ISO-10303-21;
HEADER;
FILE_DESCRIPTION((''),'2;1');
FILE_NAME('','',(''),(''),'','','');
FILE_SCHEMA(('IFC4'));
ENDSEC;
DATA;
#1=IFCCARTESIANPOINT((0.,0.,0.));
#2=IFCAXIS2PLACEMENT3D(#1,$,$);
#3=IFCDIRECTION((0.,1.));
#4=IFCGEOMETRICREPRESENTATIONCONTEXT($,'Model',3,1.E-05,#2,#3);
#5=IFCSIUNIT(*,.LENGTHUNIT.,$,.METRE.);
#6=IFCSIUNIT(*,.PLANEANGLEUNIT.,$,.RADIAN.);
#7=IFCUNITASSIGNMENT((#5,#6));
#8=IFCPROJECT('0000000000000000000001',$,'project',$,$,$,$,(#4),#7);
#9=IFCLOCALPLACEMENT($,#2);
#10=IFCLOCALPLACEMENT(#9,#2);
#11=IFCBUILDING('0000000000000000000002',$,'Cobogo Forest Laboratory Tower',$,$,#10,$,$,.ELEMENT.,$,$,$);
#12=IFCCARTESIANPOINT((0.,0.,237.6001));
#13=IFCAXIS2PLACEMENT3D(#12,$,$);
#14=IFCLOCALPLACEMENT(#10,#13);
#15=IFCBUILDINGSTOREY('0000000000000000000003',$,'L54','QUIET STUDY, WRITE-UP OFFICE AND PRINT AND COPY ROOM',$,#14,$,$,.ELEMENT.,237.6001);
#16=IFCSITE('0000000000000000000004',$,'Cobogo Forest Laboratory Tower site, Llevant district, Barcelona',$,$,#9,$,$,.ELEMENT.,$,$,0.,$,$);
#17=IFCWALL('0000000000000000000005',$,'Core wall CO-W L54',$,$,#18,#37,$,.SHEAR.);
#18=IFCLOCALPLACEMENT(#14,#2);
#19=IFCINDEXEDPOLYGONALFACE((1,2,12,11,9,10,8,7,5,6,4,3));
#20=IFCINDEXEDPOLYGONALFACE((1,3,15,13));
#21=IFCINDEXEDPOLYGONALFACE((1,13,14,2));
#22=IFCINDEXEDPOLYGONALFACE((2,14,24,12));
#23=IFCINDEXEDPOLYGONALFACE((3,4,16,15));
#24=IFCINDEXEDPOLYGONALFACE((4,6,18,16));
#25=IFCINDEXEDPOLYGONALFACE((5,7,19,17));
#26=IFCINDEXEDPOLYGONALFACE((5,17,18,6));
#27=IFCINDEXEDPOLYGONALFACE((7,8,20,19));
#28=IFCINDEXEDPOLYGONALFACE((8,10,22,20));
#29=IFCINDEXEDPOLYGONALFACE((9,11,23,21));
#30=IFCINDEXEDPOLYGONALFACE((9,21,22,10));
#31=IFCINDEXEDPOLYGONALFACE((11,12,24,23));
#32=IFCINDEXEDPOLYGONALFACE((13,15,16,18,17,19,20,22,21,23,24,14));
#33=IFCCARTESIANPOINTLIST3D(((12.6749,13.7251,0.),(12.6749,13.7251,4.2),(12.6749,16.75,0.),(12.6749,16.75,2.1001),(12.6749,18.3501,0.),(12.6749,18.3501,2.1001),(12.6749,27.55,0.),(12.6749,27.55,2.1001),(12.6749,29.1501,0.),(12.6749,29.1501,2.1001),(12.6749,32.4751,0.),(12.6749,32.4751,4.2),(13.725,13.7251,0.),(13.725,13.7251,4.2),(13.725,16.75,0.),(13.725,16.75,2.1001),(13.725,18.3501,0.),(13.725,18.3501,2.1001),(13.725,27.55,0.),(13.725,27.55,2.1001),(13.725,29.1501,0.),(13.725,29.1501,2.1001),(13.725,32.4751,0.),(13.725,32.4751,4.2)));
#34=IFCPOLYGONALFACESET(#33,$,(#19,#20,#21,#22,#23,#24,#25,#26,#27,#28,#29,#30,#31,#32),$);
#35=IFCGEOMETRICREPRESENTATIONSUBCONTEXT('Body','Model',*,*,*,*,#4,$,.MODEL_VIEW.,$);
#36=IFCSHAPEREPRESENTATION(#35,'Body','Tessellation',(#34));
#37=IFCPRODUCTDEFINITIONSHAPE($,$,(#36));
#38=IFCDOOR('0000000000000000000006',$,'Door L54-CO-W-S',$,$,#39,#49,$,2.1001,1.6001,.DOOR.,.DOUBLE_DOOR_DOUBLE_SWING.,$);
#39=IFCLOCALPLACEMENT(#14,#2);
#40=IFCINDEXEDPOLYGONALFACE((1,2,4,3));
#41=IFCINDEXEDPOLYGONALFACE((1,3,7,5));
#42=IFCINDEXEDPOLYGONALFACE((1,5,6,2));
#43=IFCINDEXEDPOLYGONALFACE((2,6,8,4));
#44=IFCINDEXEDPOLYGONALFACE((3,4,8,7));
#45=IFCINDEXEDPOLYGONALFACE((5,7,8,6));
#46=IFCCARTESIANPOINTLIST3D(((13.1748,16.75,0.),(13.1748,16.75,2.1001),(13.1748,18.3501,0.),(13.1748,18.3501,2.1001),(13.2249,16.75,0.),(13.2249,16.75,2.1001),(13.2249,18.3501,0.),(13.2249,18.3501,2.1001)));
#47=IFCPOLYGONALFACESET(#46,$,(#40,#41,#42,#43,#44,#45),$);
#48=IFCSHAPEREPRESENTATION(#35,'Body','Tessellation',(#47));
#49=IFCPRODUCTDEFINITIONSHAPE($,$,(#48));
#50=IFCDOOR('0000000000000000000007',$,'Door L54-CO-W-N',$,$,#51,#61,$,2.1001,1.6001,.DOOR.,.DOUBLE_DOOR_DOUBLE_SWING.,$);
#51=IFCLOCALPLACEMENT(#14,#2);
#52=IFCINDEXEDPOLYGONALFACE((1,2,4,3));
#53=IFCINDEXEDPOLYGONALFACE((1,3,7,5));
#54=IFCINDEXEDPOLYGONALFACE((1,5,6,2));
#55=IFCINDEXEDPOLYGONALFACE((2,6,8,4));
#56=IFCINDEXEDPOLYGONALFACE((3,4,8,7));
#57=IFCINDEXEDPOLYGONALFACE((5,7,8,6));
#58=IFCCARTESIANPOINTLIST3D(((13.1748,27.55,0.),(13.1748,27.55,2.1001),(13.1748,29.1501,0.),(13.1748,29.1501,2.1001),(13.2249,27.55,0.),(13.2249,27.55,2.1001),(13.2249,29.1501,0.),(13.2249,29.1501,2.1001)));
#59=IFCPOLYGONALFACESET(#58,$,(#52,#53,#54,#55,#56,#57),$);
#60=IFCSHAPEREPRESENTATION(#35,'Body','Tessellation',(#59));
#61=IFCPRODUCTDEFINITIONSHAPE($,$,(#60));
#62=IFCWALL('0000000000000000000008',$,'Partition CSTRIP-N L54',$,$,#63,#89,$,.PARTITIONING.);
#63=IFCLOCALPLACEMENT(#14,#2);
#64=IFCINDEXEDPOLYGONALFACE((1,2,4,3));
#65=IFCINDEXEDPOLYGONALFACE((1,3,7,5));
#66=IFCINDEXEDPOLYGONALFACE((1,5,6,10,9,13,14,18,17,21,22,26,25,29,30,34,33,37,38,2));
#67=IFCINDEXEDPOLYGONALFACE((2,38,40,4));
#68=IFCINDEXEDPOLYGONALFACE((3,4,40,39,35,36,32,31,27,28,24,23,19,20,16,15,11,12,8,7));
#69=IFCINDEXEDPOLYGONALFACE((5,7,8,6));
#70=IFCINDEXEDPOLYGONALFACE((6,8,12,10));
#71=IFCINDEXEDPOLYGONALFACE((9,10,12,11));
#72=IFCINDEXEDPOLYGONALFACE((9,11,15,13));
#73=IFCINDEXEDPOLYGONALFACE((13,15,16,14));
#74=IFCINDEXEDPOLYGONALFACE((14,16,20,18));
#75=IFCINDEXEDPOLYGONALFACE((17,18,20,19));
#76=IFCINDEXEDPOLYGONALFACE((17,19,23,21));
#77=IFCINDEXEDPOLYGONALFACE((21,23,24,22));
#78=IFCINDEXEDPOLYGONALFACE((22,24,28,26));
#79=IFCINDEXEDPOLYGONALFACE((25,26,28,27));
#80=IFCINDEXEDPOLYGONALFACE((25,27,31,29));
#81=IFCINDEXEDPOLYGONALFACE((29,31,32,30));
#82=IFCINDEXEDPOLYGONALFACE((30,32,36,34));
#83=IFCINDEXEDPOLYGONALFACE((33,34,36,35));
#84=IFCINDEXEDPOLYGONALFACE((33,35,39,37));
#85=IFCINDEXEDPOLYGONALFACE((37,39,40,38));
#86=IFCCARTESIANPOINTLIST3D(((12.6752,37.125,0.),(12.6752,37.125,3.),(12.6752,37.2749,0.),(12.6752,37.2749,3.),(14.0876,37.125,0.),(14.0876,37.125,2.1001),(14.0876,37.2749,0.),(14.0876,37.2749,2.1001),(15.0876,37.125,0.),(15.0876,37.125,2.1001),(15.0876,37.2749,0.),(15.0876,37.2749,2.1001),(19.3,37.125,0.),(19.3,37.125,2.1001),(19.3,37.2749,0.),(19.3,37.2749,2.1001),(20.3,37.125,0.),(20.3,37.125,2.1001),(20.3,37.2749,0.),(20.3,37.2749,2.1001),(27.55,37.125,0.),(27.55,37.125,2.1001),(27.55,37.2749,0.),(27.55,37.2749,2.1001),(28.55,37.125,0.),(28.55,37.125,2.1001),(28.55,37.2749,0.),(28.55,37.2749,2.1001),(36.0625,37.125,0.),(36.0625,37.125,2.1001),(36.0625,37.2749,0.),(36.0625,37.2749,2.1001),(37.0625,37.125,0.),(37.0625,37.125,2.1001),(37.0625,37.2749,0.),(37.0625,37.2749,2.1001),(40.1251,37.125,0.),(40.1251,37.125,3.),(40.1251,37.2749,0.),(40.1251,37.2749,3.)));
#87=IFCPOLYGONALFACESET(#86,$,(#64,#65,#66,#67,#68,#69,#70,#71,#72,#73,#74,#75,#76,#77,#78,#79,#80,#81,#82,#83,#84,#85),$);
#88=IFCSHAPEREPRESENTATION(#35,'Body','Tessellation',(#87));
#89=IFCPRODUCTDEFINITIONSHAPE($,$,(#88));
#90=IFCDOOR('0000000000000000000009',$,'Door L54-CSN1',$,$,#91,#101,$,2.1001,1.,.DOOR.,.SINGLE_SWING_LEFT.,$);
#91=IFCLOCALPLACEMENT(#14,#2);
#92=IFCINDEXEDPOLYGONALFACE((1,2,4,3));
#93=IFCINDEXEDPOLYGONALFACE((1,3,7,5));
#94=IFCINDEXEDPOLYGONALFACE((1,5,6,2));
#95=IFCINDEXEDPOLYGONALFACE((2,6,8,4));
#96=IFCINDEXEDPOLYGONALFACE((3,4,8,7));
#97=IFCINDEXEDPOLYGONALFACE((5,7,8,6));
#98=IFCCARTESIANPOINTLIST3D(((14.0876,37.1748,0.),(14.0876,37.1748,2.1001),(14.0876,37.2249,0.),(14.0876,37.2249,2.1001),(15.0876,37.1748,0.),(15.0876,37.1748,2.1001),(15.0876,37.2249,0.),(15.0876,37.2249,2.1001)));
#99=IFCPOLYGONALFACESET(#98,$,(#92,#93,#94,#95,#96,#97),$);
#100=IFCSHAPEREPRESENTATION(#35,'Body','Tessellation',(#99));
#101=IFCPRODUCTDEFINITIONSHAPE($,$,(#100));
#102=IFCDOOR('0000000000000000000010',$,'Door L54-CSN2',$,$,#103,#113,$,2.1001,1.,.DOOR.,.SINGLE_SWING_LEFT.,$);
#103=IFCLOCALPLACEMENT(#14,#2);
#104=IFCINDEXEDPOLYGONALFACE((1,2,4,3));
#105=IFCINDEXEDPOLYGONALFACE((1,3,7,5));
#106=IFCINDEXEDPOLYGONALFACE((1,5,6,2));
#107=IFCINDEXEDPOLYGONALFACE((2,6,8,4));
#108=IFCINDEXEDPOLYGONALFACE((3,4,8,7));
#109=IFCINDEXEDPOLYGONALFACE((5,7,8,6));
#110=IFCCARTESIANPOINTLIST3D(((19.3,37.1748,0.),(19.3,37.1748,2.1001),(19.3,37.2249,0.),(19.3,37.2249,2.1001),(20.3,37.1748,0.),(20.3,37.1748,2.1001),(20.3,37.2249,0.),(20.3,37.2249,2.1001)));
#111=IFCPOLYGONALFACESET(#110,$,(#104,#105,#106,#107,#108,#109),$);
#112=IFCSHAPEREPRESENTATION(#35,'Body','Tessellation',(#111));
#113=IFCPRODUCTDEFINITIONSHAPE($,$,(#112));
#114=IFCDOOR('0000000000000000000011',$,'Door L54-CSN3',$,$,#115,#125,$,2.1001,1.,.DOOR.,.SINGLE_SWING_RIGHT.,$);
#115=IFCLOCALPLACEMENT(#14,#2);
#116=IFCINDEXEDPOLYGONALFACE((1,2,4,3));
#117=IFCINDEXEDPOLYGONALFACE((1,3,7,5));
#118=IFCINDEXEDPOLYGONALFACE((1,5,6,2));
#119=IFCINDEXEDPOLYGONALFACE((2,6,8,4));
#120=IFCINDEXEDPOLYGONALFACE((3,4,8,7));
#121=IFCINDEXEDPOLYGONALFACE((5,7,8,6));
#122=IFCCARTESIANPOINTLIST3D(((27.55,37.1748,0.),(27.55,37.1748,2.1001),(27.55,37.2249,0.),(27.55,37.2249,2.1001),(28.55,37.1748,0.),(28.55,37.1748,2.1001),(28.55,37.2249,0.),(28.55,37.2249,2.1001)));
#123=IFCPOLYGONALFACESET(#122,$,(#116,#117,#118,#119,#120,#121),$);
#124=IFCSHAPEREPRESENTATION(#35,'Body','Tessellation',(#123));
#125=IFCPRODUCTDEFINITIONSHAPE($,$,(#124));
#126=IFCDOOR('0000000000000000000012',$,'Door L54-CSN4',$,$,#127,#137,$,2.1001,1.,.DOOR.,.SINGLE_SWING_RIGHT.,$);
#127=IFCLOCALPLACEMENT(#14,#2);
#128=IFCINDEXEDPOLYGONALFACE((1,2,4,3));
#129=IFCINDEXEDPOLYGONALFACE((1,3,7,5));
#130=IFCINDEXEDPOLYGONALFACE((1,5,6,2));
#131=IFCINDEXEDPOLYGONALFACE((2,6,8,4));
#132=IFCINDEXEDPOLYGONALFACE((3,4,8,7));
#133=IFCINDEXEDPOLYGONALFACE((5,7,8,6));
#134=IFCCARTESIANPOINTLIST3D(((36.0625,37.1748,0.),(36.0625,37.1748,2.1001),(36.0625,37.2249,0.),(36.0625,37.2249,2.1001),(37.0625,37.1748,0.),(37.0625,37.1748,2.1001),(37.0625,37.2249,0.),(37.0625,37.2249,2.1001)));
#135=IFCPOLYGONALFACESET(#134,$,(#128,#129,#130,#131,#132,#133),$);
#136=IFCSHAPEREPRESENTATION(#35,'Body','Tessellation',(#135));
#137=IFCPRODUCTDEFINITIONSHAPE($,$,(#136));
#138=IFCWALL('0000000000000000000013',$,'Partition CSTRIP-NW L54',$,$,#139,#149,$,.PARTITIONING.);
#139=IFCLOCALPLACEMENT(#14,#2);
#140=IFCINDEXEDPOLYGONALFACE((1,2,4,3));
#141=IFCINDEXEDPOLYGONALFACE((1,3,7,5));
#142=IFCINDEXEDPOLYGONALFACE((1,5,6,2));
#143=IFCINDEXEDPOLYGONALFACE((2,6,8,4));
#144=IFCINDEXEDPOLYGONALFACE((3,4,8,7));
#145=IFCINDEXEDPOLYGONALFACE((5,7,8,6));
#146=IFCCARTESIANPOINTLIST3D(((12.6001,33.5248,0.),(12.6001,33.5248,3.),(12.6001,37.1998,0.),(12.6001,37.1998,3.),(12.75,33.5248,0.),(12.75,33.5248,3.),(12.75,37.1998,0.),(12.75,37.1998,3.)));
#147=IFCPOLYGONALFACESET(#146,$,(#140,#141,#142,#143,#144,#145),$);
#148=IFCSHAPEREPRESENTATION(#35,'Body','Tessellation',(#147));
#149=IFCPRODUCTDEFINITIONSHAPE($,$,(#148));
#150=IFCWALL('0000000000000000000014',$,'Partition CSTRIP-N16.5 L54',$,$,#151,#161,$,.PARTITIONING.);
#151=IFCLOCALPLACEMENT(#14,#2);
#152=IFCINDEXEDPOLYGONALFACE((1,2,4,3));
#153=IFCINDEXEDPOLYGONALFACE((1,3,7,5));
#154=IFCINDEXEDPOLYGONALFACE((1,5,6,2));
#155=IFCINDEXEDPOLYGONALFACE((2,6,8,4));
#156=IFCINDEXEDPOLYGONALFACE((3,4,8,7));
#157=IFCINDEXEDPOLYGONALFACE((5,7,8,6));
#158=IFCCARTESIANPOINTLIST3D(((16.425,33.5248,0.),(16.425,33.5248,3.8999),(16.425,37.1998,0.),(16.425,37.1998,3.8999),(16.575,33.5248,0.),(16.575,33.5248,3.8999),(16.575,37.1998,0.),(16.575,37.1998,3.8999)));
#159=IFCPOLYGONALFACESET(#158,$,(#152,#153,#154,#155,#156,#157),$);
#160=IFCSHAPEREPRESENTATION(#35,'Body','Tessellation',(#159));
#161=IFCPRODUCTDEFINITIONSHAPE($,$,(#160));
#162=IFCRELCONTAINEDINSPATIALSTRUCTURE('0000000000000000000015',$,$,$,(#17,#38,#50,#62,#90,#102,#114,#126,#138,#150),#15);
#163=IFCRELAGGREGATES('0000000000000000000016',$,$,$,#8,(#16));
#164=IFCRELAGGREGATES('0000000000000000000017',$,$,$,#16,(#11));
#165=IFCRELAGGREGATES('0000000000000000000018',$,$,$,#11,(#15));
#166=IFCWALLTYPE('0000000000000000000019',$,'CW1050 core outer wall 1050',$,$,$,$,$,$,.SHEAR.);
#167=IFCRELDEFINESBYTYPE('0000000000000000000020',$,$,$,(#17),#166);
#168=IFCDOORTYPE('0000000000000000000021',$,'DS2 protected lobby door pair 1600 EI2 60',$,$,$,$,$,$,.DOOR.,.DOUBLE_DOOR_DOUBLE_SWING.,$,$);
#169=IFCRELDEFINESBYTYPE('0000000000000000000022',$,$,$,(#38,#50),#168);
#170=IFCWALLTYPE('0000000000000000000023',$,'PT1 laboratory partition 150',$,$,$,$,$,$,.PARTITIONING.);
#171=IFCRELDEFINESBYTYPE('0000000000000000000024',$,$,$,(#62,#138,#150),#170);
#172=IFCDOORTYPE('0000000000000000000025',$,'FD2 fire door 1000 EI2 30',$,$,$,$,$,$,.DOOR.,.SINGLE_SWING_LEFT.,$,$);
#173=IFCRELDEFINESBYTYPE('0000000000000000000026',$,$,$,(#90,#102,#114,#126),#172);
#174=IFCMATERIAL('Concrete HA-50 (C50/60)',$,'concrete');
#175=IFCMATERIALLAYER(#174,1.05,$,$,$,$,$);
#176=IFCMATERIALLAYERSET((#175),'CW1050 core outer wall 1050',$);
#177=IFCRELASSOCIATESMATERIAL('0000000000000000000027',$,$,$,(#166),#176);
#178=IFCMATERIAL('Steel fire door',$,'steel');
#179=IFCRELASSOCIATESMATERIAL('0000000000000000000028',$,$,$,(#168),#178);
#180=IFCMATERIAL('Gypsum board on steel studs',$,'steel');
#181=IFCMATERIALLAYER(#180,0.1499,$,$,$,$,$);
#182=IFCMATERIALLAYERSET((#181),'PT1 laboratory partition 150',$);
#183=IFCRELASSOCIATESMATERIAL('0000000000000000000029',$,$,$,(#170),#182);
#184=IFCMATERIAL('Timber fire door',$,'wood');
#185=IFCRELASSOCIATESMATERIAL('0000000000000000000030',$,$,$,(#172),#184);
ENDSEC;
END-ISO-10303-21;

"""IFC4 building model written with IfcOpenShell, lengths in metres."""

from ifc_helpers import new_model, si_unit, direction, frame, frame_2d, origin, place, context, subcontext, project, spatial, rectangle, extrude, material, layer, layer_set, type_object, element, fill, save


model = new_model("IFC4")

# Units and contexts
model_context = context("Model", 3, precision=1e-05, world=origin(), true_north=direction((0.0, 1.0)))
body_context = subcontext(model_context, "Body", "Model", "MODEL_VIEW")
ifc_project = project(units=[si_unit("LENGTHUNIT", "METRE"), si_unit("PLANEANGLEUNIT", "RADIAN")], contexts=[model_context])

# Site, building, storey
site_placement = place(None, origin())
site = spatial("IfcSite", under=ifc_project, at=site_placement, Name="Cobogo Forest Laboratory Tower site, Llevant district, Barcelona", CompositionType="ELEMENT", RefElevation=0.0)
building_placement = place(site_placement, origin())
building = spatial("IfcBuilding", under=site, at=building_placement, Name="Cobogo Forest Laboratory Tower", CompositionType="ELEMENT")
storey_placement = place(building_placement, frame((0.0, 0.0, 237.6001)))
storey = spatial("IfcBuildingStorey", under=building, at=storey_placement, Name="L54", Description="QUIET STUDY, WRITE-UP OFFICE AND PRINT AND COPY ROOM", CompositionType="ELEMENT", Elevation=237.6001)

# Walls, openings, doors
ifc_material_1 = material(Name="Concrete HA-50 (C50/60)", Category="concrete")
ifc_material_2 = material(Name="Steel fire door", Category="steel")
ifc_layer_1 = layer(ifc_material_1, 1.05)
ifc_layer_set_1 = layer_set([ifc_layer_1], Name="CW1050 core outer wall 1050")
wall_type_1 = type_object("IfcWallType", Name="CW1050 core outer wall 1050", PredefinedType="SHEAR", material=ifc_layer_set_1)
wall_1_placement = place(storey_placement, frame((13.2, 32.4751, 0.0), z_axis=(0.0, 0.0, 1.0), x_axis=(0.0, -1.0, 0.0)))
wall_1 = element("IfcWall", 1, at=wall_1_placement, inside=storey, type_object=wall_type_1, Name="Core wall CO-W L54", PredefinedType="SHEAR", context=body_context, shape_type="SweptSolid", body=[
    extrude(rectangle(XDim=18.75, YDim=1.05, at=frame_2d((9.375, 0.0))), origin(), (0.0, 0.0, 1.0), 4.2),
])
opening_1_placement = place(wall_1_placement, frame((14.125, 0.0, 0.0)))
opening_1 = element("IfcOpeningElement", 2, at=opening_1_placement, cuts=wall_1, PredefinedType="OPENING", context=body_context, shape_type="SweptSolid", body=[
    extrude(rectangle(XDim=1.6001, YDim=2.1001, at=frame_2d((0.8, 1.05))), frame((0.0, 0.5349, 0.0), z_axis=(0.0, -1.0, 0.0), x_axis=(1.0, 0.0, 0.0)), (0.0, 0.0, 1.0), 1.0701),
])
opening_2_placement = place(wall_1_placement, frame((3.325, 0.0, 0.0)))
opening_2 = element("IfcOpeningElement", 3, at=opening_2_placement, cuts=wall_1, PredefinedType="OPENING", context=body_context, shape_type="SweptSolid", body=[
    extrude(rectangle(XDim=1.6001, YDim=2.1001, at=frame_2d((0.8, 1.05))), frame((0.0, 0.5349, 0.0), z_axis=(0.0, -1.0, 0.0), x_axis=(1.0, 0.0, 0.0)), (0.0, 0.0, 1.0), 1.0701),
])
door_type_1 = type_object("IfcDoorType", Name="DS2 protected lobby door pair 1600 EI2 60", OperationType="DOUBLE_DOOR_DOUBLE_SWING", PredefinedType="DOOR", material=ifc_material_2)
door_1_placement = place(opening_1_placement, origin())
door_1 = element("IfcDoor", 4, at=door_1_placement, inside=storey, type_object=door_type_1, Name="Door L54-CO-W-S", OperationType="DOUBLE_DOOR_DOUBLE_SWING", OverallHeight=2.1001, OverallWidth=1.6001, PredefinedType="DOOR", context=body_context, shape_type="SweptSolid", body=[
    extrude(rectangle(XDim=1.6001, YDim=2.1001, at=frame_2d((0.8, 1.05))), frame((0.0, 0.0249, 0.0), z_axis=(0.0, -1.0, 0.0), x_axis=(1.0, 0.0, 0.0)), (0.0, 0.0, 1.0), 0.05),
])
fill(opening_1, door_1)
door_2_placement = place(opening_2_placement, origin())
door_2 = element("IfcDoor", 5, at=door_2_placement, inside=storey, type_object=door_type_1, Name="Door L54-CO-W-N", OperationType="DOUBLE_DOOR_DOUBLE_SWING", OverallHeight=2.1001, OverallWidth=1.6001, PredefinedType="DOOR", context=body_context, shape_type="SweptSolid", body=[
    extrude(rectangle(XDim=1.6001, YDim=2.1001, at=frame_2d((0.8, 1.05))), frame((0.0, 0.0249, 0.0), z_axis=(0.0, -1.0, 0.0), x_axis=(1.0, 0.0, 0.0)), (0.0, 0.0, 1.0), 0.05),
])
fill(opening_2, door_2)
ifc_material_3 = material(Name="Gypsum board on steel studs", Category="steel")
ifc_layer_2 = layer(ifc_material_3, 0.1499)
ifc_layer_set_2 = layer_set([ifc_layer_2], Name="PT1 laboratory partition 150")
wall_type_2 = type_object("IfcWallType", Name="PT1 laboratory partition 150", PredefinedType="PARTITIONING", material=ifc_layer_set_2)
wall_2_placement = place(storey_placement, frame((12.675, 37.2, 0.0), z_axis=(0.0, 0.0, 1.0), x_axis=(1.0, 0.0, 0.0)))
wall_2 = element("IfcWall", 6, at=wall_2_placement, inside=storey, type_object=wall_type_2, Name="Partition CSTRIP-N L54", PredefinedType="PARTITIONING", context=body_context, shape_type="SweptSolid", body=[
    extrude(rectangle(XDim=27.45, YDim=0.1499, at=frame_2d((13.7251, 0.0))), origin(), (0.0, 0.0, 1.0), 3.0),
])
opening_3_placement = place(wall_2_placement, frame((1.4126, 0.0, 0.0)))
opening_3 = element("IfcOpeningElement", 7, at=opening_3_placement, cuts=wall_2, PredefinedType="OPENING", context=body_context, shape_type="SweptSolid", body=[
    extrude(rectangle(XDim=1.0, YDim=2.1001, at=frame_2d((0.5, 1.05))), frame((0.0, 0.085, 0.0), z_axis=(0.0, -1.0, 0.0), x_axis=(1.0, 0.0, 0.0)), (0.0, 0.0, 1.0), 0.1699),
])
opening_4_placement = place(wall_2_placement, frame((6.625, 0.0, 0.0)))
opening_4 = element("IfcOpeningElement", 8, at=opening_4_placement, cuts=wall_2, PredefinedType="OPENING", context=body_context, shape_type="SweptSolid", body=[
    extrude(rectangle(XDim=1.0, YDim=2.1001, at=frame_2d((0.5, 1.05))), frame((0.0, 0.085, 0.0), z_axis=(0.0, -1.0, 0.0), x_axis=(1.0, 0.0, 0.0)), (0.0, 0.0, 1.0), 0.1699),
])
opening_5_placement = place(wall_2_placement, frame((14.875, 0.0, 0.0)))
opening_5 = element("IfcOpeningElement", 9, at=opening_5_placement, cuts=wall_2, PredefinedType="OPENING", context=body_context, shape_type="SweptSolid", body=[
    extrude(rectangle(XDim=1.0, YDim=2.1001, at=frame_2d((0.5, 1.05))), frame((0.0, 0.085, 0.0), z_axis=(0.0, -1.0, 0.0), x_axis=(1.0, 0.0, 0.0)), (0.0, 0.0, 1.0), 0.1699),
])
opening_6_placement = place(wall_2_placement, frame((23.3875, 0.0, 0.0)))
opening_6 = element("IfcOpeningElement", 10, at=opening_6_placement, cuts=wall_2, PredefinedType="OPENING", context=body_context, shape_type="SweptSolid", body=[
    extrude(rectangle(XDim=1.0, YDim=2.1001, at=frame_2d((0.5, 1.05))), frame((0.0, 0.085, 0.0), z_axis=(0.0, -1.0, 0.0), x_axis=(1.0, 0.0, 0.0)), (0.0, 0.0, 1.0), 0.1699),
])
ifc_material_4 = material(Name="Timber fire door", Category="wood")
door_type_2 = type_object("IfcDoorType", Name="FD2 fire door 1000 EI2 30", OperationType="SINGLE_SWING_LEFT", PredefinedType="DOOR", material=ifc_material_4)
door_3_placement = place(opening_3_placement, origin())
door_3 = element("IfcDoor", 11, at=door_3_placement, inside=storey, type_object=door_type_2, Name="Door L54-CSN1", OperationType="SINGLE_SWING_LEFT", OverallHeight=2.1001, OverallWidth=1.0, PredefinedType="DOOR", context=body_context, shape_type="SweptSolid", body=[
    extrude(rectangle(XDim=1.0, YDim=2.1001, at=frame_2d((0.5, 1.05))), frame((0.0, 0.0249, 0.0), z_axis=(0.0, -1.0, 0.0), x_axis=(1.0, 0.0, 0.0)), (0.0, 0.0, 1.0), 0.05),
])
fill(opening_3, door_3)
door_4_placement = place(opening_4_placement, origin())
door_4 = element("IfcDoor", 12, at=door_4_placement, inside=storey, type_object=door_type_2, Name="Door L54-CSN2", OperationType="SINGLE_SWING_LEFT", OverallHeight=2.1001, OverallWidth=1.0, PredefinedType="DOOR", context=body_context, shape_type="SweptSolid", body=[
    extrude(rectangle(XDim=1.0, YDim=2.1001, at=frame_2d((0.5, 1.05))), frame((0.0, 0.0249, 0.0), z_axis=(0.0, -1.0, 0.0), x_axis=(1.0, 0.0, 0.0)), (0.0, 0.0, 1.0), 0.05),
])
fill(opening_4, door_4)
door_5_placement = place(opening_5_placement, origin())
door_5 = element("IfcDoor", 13, at=door_5_placement, inside=storey, type_object=door_type_2, Name="Door L54-CSN3", OperationType="SINGLE_SWING_RIGHT", OverallHeight=2.1001, OverallWidth=1.0, PredefinedType="DOOR", context=body_context, shape_type="SweptSolid", body=[
    extrude(rectangle(XDim=1.0, YDim=2.1001, at=frame_2d((0.5, 1.05))), frame((0.0, 0.0249, 0.0), z_axis=(0.0, -1.0, 0.0), x_axis=(1.0, 0.0, 0.0)), (0.0, 0.0, 1.0), 0.05),
])
fill(opening_5, door_5)
door_6_placement = place(opening_6_placement, origin())
door_6 = element("IfcDoor", 14, at=door_6_placement, inside=storey, type_object=door_type_2, Name="Door L54-CSN4", OperationType="SINGLE_SWING_RIGHT", OverallHeight=2.1001, OverallWidth=1.0, PredefinedType="DOOR", context=body_context, shape_type="SweptSolid", body=[
    extrude(rectangle(XDim=1.0, YDim=2.1001, at=frame_2d((0.5, 1.05))), frame((0.0, 0.0249, 0.0), z_axis=(0.0, -1.0, 0.0), x_axis=(1.0, 0.0, 0.0)), (0.0, 0.0, 1.0), 0.05),
])
fill(opening_6, door_6)

# Walls
wall_3_placement = place(storey_placement, frame((12.675, 33.5249, 0.0), z_axis=(0.0, 0.0, 1.0), x_axis=(0.0, 1.0, 0.0)))
element("IfcWall", 15, at=wall_3_placement, inside=storey, type_object=wall_type_2, Name="Partition CSTRIP-NW L54", PredefinedType="PARTITIONING", context=body_context, shape_type="SweptSolid", body=[
    extrude(rectangle(XDim=3.675, YDim=0.1499, at=frame_2d((1.8374, 0.0))), origin(), (0.0, 0.0, 1.0), 3.0),
])
wall_4_placement = place(storey_placement, frame((16.5, 33.5249, 0.0), z_axis=(0.0, 0.0, 1.0), x_axis=(0.0, 1.0, 0.0)))
element("IfcWall", 16, at=wall_4_placement, inside=storey, type_object=wall_type_2, Name="Partition CSTRIP-N16.5 L54", PredefinedType="PARTITIONING", context=body_context, shape_type="SweptSolid", body=[
    extrude(rectangle(XDim=3.675, YDim=0.1499, at=frame_2d((1.8374, 0.0))), origin(), (0.0, 0.0, 1.0), 3.8999),
])

save(model, "model.ifc")
